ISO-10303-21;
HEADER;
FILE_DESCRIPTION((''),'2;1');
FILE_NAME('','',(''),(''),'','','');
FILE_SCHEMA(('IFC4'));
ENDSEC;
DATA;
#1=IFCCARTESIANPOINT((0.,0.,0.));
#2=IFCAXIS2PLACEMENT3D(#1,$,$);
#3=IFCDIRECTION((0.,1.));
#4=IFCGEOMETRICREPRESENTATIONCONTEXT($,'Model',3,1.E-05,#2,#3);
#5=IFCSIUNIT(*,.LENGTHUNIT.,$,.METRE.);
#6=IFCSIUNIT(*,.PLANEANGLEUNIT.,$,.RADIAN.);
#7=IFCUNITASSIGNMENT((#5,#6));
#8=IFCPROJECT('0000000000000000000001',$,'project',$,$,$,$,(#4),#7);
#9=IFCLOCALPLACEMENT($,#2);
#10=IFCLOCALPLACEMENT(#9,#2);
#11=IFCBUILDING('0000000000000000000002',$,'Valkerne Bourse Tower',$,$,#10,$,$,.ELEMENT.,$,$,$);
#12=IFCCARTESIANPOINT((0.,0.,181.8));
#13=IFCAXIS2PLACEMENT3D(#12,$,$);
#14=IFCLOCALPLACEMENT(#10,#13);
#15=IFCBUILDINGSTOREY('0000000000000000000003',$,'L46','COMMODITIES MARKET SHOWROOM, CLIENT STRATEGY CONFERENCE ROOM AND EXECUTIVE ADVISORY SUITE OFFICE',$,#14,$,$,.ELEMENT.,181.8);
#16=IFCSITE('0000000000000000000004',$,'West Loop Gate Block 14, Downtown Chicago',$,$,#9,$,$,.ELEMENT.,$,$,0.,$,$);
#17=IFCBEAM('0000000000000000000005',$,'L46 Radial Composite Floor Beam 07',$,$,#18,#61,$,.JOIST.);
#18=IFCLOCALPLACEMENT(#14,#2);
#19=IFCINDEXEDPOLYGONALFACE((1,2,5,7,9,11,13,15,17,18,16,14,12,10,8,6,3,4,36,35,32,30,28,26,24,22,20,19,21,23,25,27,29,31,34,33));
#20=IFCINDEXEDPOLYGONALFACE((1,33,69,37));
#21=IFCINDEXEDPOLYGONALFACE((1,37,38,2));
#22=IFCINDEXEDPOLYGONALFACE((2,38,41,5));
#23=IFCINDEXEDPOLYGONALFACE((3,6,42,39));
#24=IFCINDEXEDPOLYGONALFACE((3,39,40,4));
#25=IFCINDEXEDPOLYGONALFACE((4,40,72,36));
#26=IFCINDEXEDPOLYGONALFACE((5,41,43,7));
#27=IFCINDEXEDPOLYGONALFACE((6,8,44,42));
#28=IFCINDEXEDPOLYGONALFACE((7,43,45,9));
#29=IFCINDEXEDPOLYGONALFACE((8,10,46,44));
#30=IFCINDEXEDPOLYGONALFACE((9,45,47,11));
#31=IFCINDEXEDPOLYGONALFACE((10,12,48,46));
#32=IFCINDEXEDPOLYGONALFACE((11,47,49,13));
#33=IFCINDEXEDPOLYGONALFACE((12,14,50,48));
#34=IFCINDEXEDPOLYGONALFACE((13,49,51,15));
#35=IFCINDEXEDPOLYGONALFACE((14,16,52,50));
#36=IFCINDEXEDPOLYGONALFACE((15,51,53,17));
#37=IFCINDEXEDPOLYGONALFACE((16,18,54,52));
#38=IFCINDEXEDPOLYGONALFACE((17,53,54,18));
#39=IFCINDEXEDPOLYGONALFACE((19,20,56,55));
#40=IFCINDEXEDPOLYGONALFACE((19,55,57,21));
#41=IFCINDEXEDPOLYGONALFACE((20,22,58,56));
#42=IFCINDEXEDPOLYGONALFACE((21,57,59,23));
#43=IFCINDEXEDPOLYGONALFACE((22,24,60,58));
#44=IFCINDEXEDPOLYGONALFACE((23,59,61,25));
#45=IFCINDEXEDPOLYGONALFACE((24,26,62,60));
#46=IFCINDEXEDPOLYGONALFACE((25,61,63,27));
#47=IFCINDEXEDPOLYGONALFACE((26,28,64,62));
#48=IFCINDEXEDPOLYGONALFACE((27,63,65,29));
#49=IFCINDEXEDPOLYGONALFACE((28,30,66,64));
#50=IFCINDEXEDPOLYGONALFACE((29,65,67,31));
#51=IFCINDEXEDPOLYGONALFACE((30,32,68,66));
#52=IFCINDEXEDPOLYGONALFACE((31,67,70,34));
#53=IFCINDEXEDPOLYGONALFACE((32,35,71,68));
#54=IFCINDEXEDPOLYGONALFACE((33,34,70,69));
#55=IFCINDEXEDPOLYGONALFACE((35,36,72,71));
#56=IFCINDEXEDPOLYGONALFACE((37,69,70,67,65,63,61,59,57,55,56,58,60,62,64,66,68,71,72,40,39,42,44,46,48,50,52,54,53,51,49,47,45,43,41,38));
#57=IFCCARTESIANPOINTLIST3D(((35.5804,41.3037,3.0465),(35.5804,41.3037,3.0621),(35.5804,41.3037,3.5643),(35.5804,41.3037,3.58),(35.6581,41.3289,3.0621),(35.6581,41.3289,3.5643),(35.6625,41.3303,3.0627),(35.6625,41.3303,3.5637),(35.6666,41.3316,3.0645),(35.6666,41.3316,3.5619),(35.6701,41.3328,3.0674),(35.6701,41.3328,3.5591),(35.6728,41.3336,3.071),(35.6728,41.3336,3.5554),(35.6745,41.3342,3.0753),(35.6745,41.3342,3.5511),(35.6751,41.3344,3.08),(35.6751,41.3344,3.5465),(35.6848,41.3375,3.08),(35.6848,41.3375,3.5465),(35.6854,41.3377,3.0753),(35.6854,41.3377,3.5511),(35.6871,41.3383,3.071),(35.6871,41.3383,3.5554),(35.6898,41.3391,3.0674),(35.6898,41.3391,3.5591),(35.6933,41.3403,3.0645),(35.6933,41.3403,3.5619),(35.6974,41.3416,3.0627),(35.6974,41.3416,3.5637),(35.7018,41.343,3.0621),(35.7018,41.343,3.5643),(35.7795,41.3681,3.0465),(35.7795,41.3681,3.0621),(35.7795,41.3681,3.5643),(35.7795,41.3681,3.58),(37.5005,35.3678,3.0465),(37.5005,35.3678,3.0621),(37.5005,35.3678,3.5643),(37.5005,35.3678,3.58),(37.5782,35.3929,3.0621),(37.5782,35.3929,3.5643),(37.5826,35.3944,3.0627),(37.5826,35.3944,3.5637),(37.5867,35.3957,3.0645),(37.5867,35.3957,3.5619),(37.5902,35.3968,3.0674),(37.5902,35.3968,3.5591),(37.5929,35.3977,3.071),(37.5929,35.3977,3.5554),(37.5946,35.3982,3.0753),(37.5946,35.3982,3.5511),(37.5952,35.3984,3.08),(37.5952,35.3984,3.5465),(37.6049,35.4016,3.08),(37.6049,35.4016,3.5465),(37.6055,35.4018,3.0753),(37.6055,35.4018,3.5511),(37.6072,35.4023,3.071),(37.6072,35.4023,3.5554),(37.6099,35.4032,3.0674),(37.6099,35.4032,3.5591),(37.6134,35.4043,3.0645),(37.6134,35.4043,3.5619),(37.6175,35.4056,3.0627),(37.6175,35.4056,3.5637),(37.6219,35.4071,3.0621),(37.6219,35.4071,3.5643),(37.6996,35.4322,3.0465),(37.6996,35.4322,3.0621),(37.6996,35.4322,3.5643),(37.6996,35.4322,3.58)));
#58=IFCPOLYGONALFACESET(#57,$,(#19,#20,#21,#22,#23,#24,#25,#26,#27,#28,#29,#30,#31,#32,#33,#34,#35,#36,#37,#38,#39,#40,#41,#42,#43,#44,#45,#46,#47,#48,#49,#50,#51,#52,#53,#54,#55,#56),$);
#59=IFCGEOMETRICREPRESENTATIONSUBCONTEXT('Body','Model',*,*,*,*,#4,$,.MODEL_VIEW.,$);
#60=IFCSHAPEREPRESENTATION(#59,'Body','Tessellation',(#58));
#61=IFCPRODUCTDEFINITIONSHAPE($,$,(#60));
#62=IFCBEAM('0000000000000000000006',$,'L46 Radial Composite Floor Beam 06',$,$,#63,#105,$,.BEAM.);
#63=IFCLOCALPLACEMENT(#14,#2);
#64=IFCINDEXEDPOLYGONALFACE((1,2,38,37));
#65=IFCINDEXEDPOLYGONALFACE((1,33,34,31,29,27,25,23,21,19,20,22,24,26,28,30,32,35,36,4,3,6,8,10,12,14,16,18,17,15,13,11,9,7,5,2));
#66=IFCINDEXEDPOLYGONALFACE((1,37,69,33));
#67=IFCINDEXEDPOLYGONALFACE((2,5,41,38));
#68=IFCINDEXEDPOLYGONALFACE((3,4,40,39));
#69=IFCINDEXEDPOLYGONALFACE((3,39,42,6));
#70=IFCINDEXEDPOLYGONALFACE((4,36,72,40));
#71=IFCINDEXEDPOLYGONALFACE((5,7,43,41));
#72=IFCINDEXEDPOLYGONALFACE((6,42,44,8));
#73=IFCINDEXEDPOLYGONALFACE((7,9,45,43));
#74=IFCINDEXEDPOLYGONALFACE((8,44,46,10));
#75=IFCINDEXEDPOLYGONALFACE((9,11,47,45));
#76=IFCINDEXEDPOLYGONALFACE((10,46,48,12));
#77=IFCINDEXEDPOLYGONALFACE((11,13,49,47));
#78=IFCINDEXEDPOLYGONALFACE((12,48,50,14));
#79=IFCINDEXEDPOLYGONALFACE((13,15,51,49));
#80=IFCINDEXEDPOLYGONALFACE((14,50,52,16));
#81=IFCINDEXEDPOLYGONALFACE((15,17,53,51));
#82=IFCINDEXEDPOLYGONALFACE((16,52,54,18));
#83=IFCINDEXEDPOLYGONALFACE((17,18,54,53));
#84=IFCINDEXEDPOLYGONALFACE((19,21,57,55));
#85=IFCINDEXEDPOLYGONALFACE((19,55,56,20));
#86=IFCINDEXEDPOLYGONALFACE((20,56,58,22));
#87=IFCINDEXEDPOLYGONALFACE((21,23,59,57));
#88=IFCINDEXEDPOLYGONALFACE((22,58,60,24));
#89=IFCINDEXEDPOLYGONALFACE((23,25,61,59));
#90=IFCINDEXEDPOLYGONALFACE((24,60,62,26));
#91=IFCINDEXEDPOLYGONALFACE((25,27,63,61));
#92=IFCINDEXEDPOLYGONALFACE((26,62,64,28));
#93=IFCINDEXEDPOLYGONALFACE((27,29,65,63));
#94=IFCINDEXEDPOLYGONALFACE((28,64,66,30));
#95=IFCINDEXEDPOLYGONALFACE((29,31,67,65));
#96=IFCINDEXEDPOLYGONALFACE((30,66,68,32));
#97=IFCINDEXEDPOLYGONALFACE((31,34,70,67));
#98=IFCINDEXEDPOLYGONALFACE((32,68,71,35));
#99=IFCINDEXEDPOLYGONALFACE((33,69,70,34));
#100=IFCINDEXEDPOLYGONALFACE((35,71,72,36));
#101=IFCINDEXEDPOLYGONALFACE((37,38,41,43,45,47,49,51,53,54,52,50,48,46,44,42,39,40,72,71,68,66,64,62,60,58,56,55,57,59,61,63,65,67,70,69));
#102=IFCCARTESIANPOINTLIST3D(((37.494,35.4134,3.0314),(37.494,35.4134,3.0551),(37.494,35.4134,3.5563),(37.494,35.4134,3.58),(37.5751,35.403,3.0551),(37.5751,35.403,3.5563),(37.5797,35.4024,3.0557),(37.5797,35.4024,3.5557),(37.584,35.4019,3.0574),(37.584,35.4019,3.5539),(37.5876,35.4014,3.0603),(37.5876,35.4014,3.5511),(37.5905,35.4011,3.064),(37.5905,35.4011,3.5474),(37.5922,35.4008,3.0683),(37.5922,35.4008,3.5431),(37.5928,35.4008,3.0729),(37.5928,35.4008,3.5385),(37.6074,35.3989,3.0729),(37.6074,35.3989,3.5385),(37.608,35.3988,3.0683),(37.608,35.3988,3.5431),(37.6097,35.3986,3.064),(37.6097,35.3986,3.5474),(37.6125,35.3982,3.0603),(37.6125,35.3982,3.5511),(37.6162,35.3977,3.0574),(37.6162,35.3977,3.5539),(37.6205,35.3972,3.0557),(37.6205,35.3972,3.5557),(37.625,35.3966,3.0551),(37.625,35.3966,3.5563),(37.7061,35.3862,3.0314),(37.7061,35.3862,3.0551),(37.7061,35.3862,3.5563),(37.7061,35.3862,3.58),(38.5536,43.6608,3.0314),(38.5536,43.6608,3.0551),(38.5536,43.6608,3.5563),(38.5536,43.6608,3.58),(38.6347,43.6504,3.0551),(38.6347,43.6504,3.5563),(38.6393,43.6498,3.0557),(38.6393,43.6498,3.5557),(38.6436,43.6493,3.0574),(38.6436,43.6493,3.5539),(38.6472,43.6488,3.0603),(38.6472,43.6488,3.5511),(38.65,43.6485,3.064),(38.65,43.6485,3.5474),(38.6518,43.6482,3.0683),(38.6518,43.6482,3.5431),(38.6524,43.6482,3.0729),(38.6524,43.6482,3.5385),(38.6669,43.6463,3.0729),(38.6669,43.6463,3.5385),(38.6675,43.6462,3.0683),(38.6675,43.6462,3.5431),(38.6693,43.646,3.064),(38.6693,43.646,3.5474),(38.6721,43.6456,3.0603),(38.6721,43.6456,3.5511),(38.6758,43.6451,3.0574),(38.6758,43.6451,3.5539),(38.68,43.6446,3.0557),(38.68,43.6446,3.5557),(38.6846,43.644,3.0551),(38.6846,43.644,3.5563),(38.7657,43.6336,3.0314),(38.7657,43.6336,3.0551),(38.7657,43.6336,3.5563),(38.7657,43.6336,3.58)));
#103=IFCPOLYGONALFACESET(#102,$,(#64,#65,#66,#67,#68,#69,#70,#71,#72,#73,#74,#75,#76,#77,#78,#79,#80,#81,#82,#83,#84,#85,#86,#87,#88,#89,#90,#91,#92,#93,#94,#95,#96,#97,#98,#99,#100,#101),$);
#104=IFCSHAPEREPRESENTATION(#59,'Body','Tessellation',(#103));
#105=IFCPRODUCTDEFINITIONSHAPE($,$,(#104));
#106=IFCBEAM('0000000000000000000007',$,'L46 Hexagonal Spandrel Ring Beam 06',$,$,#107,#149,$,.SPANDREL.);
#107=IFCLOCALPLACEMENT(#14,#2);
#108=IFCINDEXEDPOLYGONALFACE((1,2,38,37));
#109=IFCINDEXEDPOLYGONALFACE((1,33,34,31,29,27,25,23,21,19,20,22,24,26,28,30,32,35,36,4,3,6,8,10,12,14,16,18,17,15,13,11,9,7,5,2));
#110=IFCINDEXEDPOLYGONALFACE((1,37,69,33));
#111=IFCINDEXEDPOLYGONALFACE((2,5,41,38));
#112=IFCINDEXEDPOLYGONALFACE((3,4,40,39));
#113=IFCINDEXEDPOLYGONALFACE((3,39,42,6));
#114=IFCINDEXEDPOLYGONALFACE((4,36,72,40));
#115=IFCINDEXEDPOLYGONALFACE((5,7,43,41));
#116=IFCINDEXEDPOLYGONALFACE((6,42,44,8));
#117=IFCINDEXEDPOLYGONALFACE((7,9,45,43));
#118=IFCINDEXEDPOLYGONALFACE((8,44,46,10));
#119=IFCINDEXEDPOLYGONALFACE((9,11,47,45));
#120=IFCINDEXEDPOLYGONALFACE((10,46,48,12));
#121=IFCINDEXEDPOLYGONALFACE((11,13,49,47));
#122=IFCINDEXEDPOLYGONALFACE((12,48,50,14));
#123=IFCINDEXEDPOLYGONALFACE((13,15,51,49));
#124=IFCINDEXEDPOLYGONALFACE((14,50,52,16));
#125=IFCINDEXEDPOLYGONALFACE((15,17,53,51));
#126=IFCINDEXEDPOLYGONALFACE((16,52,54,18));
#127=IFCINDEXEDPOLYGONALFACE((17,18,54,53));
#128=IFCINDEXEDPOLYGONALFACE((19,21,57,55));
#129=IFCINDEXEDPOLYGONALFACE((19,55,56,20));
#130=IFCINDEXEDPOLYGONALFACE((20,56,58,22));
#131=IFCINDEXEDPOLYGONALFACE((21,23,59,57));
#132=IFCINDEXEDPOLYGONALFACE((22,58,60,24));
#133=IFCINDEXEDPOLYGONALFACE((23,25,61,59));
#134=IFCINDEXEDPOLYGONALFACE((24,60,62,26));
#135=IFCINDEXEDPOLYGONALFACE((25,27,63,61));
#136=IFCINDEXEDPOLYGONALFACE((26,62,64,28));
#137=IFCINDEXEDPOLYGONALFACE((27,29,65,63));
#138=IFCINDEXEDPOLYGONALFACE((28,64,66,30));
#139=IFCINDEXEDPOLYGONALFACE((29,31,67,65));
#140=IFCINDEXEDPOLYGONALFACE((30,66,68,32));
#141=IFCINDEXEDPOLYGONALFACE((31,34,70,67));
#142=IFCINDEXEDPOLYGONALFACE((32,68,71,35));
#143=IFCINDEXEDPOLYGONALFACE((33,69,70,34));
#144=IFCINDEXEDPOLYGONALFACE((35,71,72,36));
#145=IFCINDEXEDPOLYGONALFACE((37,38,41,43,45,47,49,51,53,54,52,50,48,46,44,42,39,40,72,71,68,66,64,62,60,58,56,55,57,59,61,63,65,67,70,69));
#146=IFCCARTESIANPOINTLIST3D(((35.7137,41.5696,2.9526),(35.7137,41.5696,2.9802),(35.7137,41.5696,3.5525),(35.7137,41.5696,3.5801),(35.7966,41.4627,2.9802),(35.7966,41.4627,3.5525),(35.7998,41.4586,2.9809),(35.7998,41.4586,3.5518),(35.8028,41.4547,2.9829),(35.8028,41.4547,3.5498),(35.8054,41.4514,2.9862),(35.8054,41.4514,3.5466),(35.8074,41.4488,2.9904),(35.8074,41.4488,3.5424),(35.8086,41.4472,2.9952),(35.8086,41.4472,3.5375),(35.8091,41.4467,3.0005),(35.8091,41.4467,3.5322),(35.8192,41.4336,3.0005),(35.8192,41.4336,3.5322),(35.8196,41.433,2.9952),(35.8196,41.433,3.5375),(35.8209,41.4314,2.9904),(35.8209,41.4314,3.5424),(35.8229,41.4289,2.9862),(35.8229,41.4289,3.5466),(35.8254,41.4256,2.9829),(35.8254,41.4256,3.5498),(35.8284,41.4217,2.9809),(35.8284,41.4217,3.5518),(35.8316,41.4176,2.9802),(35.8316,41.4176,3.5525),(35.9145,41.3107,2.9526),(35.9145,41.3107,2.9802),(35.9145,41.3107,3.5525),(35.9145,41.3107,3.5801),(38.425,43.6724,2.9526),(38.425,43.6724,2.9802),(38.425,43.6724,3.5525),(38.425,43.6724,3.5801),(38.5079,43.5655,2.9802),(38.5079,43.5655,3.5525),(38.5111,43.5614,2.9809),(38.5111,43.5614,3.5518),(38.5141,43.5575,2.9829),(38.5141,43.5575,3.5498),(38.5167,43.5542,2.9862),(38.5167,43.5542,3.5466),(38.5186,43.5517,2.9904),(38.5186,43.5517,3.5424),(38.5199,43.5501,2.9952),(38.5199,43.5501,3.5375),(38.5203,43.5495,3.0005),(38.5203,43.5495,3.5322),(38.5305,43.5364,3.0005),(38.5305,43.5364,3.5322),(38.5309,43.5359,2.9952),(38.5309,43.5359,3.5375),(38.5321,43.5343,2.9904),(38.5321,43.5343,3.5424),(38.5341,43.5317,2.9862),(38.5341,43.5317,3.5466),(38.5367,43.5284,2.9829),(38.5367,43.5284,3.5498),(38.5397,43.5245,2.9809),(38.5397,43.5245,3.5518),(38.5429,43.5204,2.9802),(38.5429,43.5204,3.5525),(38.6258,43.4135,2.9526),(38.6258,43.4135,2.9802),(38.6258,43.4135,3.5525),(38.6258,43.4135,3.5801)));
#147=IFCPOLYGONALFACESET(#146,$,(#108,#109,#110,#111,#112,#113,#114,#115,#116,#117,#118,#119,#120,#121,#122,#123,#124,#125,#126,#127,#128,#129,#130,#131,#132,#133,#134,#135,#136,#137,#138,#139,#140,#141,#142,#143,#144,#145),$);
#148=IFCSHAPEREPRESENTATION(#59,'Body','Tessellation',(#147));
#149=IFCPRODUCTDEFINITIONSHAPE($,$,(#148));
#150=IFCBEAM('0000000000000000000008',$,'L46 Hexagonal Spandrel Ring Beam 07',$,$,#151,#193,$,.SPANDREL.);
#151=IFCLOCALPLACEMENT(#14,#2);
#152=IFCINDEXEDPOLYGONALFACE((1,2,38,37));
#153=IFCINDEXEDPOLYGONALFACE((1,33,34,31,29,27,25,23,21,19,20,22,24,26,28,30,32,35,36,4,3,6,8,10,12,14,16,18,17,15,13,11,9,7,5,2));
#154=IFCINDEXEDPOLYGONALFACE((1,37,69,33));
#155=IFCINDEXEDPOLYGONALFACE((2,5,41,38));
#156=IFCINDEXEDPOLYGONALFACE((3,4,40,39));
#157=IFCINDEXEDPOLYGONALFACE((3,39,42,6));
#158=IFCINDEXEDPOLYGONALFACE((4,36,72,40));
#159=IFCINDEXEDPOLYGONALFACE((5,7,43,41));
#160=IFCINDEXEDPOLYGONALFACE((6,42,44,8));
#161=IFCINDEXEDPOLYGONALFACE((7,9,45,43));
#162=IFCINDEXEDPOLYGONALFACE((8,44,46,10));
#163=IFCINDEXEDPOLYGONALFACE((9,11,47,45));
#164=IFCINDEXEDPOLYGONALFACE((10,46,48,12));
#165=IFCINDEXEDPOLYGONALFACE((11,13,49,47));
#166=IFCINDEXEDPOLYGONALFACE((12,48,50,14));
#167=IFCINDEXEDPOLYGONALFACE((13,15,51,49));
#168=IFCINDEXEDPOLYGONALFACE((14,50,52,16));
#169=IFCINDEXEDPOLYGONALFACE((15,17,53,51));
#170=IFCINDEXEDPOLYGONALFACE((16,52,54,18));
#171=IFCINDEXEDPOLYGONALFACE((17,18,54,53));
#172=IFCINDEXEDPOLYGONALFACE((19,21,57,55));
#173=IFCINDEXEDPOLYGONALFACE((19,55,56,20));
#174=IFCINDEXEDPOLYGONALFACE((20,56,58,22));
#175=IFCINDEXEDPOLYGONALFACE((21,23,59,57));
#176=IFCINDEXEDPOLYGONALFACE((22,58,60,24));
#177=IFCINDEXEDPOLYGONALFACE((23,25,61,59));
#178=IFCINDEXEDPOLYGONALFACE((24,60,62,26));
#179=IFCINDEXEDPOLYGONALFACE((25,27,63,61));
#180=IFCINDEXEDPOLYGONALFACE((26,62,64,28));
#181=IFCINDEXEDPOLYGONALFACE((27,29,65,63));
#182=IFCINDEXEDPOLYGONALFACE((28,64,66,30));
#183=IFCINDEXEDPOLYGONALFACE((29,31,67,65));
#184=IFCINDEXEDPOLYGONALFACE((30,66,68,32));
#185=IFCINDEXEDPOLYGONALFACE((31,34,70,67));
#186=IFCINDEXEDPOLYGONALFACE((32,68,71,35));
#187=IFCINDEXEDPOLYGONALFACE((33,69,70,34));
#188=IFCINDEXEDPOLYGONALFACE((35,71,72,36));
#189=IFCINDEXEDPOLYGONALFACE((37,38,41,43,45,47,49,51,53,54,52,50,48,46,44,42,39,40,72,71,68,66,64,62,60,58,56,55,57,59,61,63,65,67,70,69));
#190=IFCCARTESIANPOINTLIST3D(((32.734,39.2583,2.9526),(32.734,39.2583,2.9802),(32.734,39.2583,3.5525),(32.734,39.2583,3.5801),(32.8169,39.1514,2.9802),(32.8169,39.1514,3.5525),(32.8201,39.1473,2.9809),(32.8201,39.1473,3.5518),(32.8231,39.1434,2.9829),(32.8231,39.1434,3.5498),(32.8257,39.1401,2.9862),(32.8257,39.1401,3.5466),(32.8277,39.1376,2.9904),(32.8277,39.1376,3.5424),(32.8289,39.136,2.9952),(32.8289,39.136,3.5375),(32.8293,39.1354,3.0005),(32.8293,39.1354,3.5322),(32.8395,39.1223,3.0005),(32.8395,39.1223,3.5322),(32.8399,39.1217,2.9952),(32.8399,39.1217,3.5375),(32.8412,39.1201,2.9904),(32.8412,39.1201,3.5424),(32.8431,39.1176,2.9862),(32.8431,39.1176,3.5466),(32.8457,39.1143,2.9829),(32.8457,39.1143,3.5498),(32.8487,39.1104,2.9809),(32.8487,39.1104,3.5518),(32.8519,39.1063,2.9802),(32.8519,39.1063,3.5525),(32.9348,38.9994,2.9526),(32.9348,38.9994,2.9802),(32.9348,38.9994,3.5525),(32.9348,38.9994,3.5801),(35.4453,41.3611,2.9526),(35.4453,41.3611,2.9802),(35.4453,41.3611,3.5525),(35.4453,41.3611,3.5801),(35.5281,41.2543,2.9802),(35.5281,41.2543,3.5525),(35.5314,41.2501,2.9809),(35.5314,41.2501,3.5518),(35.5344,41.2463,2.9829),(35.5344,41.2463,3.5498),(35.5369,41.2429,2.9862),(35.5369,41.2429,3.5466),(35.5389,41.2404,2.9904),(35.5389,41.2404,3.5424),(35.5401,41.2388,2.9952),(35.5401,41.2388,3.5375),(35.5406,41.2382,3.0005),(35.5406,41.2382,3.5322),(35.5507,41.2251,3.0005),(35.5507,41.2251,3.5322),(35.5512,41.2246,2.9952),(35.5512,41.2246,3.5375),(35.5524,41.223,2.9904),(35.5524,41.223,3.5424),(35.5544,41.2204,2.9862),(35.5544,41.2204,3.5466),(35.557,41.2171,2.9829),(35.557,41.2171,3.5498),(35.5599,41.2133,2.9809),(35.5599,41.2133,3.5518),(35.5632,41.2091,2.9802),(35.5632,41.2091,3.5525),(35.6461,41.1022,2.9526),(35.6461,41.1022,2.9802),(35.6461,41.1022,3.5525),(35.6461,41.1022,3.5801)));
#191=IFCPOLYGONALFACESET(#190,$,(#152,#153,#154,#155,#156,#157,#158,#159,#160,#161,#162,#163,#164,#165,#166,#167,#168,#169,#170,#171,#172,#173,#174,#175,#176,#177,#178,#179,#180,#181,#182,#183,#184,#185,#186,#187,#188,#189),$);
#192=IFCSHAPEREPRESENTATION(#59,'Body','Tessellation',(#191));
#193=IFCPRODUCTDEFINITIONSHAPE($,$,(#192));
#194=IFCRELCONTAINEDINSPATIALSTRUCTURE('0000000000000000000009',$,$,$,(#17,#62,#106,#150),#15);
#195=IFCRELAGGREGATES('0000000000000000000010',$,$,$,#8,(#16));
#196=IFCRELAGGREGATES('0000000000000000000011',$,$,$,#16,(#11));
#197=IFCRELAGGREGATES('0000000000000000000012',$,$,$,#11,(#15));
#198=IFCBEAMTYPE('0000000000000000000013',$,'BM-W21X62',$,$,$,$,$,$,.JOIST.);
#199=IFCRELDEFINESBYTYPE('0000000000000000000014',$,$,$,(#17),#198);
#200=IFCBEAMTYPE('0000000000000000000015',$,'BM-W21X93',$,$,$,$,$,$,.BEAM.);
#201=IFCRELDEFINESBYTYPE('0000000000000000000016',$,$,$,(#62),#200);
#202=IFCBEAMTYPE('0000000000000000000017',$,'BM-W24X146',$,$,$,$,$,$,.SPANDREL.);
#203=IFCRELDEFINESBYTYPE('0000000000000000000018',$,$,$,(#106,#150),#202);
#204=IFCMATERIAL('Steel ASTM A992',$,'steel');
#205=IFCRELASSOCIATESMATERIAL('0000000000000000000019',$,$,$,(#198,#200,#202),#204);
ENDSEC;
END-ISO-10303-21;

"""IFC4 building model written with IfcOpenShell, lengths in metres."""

from ifc_helpers import new_model, si_unit, direction, frame, origin, origin_2d, place, context, subcontext, project, spatial, i_section, extrude, material, material_profile, profile_set, type_object, element, save


model = new_model("IFC4")

# Units and contexts
model_context = context("Model", 3, precision=1e-05, world=origin(), true_north=direction((0.0, 1.0)))
body_context = subcontext(model_context, "Body", "Model", "MODEL_VIEW")
ifc_project = project(units=[si_unit("LENGTHUNIT", "METRE"), si_unit("PLANEANGLEUNIT", "RADIAN")], contexts=[model_context])

# Site, building, storey
site_placement = place(None, origin())
site = spatial("IfcSite", under=ifc_project, at=site_placement, Name="West Loop Gate Block 14, Downtown Chicago", CompositionType="ELEMENT", RefElevation=0.0)
building_placement = place(site_placement, origin())
building = spatial("IfcBuilding", under=site, at=building_placement, Name="Valkerne Bourse Tower", CompositionType="ELEMENT")
storey_placement = place(building_placement, frame((0.0, 0.0, 181.8)))
storey = spatial("IfcBuildingStorey", under=building, at=storey_placement, Name="L46", Description="COMMODITIES MARKET SHOWROOM, CLIENT STRATEGY CONFERENCE ROOM AND EXECUTIVE ADVISORY SUITE OFFICE", CompositionType="ELEMENT", Elevation=181.8)

# Beams
ifc_material_1 = material(Name="Steel ASTM A992", Category="steel")
ifc_material_profile_1 = material_profile(ifc_material_1, i_section(OverallWidth=0.2092, OverallDepth=0.5334, WebThickness=0.0103, FlangeThickness=0.0156, FilletRadius=0.0178, at=origin_2d()), Name="W21X62")
ifc_profile_set_1 = profile_set([ifc_material_profile_1], Name="Steel ASTM A992")
beam_type_1 = type_object("IfcBeamType", Name="BM-W21X62", PredefinedType="JOIST", material=ifc_profile_set_1)
beam_1_placement = place(storey_placement, frame((35.6799, 41.3359, 3.3132), z_axis=(0.307774, -0.951459, 0.0), x_axis=(0.951459, 0.307774, 0.0)))
element("IfcBeam", 1, at=beam_1_placement, inside=storey, type_object=beam_type_1, Name="L46 Radial Composite Floor Beam 07", PredefinedType="JOIST", context=body_context, shape_type="SweptSolid", body=[
    extrude(i_section(OverallWidth=0.2092, OverallDepth=0.5334, WebThickness=0.0103, FlangeThickness=0.0156, FilletRadius=0.0178, at=origin_2d()), origin(), (0.0, 0.0, 1.0), 6.2388),
])
ifc_material_profile_2 = material_profile(ifc_material_1, i_section(OverallWidth=0.2139, OverallDepth=0.5486, WebThickness=0.0146, FlangeThickness=0.0237, FilletRadius=0.0178, at=origin_2d()), Name="W21X93")
ifc_profile_set_2 = profile_set([ifc_material_profile_2], Name="Steel ASTM A992")
beam_type_2 = type_object("IfcBeamType", Name="BM-W21X93", PredefinedType="BEAM", material=ifc_profile_set_2)
beam_2_placement = place(storey_placement, frame((38.6597, 43.6472, 3.3057), z_axis=(-0.127427, -0.991848, 0.0), x_axis=(0.991848, -0.127427, 0.0)))
element("IfcBeam", 2, at=beam_2_placement, inside=storey, type_object=beam_type_2, Name="L46 Radial Composite Floor Beam 06", PredefinedType="BEAM", context=body_context, shape_type="SweptSolid", body=[
    extrude(i_section(OverallWidth=0.2139, OverallDepth=0.5486, WebThickness=0.0146, FlangeThickness=0.0237, FilletRadius=0.0178, at=origin_2d()), origin(), (0.0, 0.0, 1.0), 8.3152),
])
ifc_material_profile_3 = material_profile(ifc_material_1, i_section(OverallWidth=0.3276, OverallDepth=0.6274, WebThickness=0.0166, FlangeThickness=0.0276, FilletRadius=0.0203, at=origin_2d()), Name="W24X146")
ifc_profile_set_3 = profile_set([ifc_material_profile_3], Name="Steel ASTM A992")
beam_type_3 = type_object("IfcBeamType", Name="BM-W24X146", PredefinedType="SPANDREL", material=ifc_profile_set_3)
for number, where, z_axis, x_axis, name in (
    (3, (38.5254, 43.543, 3.2664), (-0.790187, -0.612866, 0.0), (0.612866, -0.790187, 0.0), "L46 Hexagonal Spandrel Ring Beam 06"),
    (4, (35.5457, 41.2317, 3.2664), (-0.790187, -0.612866, 0.0), (0.612866, -0.790187, 0.0), "L46 Hexagonal Spandrel Ring Beam 07"),
):
    element("IfcBeam", number, at=place(storey_placement, frame(where, z_axis=z_axis, x_axis=x_axis)), inside=storey, type_object=beam_type_3, Name=name, PredefinedType="SPANDREL", context=body_context, shape_type="SweptSolid", body=[
        extrude(i_section(OverallWidth=0.3276, OverallDepth=0.6274, WebThickness=0.0166, FlangeThickness=0.0276, FilletRadius=0.0203, at=origin_2d()), origin(), (0.0, 0.0, 1.0), 3.4312),
    ])

save(model, "model.ifc")
